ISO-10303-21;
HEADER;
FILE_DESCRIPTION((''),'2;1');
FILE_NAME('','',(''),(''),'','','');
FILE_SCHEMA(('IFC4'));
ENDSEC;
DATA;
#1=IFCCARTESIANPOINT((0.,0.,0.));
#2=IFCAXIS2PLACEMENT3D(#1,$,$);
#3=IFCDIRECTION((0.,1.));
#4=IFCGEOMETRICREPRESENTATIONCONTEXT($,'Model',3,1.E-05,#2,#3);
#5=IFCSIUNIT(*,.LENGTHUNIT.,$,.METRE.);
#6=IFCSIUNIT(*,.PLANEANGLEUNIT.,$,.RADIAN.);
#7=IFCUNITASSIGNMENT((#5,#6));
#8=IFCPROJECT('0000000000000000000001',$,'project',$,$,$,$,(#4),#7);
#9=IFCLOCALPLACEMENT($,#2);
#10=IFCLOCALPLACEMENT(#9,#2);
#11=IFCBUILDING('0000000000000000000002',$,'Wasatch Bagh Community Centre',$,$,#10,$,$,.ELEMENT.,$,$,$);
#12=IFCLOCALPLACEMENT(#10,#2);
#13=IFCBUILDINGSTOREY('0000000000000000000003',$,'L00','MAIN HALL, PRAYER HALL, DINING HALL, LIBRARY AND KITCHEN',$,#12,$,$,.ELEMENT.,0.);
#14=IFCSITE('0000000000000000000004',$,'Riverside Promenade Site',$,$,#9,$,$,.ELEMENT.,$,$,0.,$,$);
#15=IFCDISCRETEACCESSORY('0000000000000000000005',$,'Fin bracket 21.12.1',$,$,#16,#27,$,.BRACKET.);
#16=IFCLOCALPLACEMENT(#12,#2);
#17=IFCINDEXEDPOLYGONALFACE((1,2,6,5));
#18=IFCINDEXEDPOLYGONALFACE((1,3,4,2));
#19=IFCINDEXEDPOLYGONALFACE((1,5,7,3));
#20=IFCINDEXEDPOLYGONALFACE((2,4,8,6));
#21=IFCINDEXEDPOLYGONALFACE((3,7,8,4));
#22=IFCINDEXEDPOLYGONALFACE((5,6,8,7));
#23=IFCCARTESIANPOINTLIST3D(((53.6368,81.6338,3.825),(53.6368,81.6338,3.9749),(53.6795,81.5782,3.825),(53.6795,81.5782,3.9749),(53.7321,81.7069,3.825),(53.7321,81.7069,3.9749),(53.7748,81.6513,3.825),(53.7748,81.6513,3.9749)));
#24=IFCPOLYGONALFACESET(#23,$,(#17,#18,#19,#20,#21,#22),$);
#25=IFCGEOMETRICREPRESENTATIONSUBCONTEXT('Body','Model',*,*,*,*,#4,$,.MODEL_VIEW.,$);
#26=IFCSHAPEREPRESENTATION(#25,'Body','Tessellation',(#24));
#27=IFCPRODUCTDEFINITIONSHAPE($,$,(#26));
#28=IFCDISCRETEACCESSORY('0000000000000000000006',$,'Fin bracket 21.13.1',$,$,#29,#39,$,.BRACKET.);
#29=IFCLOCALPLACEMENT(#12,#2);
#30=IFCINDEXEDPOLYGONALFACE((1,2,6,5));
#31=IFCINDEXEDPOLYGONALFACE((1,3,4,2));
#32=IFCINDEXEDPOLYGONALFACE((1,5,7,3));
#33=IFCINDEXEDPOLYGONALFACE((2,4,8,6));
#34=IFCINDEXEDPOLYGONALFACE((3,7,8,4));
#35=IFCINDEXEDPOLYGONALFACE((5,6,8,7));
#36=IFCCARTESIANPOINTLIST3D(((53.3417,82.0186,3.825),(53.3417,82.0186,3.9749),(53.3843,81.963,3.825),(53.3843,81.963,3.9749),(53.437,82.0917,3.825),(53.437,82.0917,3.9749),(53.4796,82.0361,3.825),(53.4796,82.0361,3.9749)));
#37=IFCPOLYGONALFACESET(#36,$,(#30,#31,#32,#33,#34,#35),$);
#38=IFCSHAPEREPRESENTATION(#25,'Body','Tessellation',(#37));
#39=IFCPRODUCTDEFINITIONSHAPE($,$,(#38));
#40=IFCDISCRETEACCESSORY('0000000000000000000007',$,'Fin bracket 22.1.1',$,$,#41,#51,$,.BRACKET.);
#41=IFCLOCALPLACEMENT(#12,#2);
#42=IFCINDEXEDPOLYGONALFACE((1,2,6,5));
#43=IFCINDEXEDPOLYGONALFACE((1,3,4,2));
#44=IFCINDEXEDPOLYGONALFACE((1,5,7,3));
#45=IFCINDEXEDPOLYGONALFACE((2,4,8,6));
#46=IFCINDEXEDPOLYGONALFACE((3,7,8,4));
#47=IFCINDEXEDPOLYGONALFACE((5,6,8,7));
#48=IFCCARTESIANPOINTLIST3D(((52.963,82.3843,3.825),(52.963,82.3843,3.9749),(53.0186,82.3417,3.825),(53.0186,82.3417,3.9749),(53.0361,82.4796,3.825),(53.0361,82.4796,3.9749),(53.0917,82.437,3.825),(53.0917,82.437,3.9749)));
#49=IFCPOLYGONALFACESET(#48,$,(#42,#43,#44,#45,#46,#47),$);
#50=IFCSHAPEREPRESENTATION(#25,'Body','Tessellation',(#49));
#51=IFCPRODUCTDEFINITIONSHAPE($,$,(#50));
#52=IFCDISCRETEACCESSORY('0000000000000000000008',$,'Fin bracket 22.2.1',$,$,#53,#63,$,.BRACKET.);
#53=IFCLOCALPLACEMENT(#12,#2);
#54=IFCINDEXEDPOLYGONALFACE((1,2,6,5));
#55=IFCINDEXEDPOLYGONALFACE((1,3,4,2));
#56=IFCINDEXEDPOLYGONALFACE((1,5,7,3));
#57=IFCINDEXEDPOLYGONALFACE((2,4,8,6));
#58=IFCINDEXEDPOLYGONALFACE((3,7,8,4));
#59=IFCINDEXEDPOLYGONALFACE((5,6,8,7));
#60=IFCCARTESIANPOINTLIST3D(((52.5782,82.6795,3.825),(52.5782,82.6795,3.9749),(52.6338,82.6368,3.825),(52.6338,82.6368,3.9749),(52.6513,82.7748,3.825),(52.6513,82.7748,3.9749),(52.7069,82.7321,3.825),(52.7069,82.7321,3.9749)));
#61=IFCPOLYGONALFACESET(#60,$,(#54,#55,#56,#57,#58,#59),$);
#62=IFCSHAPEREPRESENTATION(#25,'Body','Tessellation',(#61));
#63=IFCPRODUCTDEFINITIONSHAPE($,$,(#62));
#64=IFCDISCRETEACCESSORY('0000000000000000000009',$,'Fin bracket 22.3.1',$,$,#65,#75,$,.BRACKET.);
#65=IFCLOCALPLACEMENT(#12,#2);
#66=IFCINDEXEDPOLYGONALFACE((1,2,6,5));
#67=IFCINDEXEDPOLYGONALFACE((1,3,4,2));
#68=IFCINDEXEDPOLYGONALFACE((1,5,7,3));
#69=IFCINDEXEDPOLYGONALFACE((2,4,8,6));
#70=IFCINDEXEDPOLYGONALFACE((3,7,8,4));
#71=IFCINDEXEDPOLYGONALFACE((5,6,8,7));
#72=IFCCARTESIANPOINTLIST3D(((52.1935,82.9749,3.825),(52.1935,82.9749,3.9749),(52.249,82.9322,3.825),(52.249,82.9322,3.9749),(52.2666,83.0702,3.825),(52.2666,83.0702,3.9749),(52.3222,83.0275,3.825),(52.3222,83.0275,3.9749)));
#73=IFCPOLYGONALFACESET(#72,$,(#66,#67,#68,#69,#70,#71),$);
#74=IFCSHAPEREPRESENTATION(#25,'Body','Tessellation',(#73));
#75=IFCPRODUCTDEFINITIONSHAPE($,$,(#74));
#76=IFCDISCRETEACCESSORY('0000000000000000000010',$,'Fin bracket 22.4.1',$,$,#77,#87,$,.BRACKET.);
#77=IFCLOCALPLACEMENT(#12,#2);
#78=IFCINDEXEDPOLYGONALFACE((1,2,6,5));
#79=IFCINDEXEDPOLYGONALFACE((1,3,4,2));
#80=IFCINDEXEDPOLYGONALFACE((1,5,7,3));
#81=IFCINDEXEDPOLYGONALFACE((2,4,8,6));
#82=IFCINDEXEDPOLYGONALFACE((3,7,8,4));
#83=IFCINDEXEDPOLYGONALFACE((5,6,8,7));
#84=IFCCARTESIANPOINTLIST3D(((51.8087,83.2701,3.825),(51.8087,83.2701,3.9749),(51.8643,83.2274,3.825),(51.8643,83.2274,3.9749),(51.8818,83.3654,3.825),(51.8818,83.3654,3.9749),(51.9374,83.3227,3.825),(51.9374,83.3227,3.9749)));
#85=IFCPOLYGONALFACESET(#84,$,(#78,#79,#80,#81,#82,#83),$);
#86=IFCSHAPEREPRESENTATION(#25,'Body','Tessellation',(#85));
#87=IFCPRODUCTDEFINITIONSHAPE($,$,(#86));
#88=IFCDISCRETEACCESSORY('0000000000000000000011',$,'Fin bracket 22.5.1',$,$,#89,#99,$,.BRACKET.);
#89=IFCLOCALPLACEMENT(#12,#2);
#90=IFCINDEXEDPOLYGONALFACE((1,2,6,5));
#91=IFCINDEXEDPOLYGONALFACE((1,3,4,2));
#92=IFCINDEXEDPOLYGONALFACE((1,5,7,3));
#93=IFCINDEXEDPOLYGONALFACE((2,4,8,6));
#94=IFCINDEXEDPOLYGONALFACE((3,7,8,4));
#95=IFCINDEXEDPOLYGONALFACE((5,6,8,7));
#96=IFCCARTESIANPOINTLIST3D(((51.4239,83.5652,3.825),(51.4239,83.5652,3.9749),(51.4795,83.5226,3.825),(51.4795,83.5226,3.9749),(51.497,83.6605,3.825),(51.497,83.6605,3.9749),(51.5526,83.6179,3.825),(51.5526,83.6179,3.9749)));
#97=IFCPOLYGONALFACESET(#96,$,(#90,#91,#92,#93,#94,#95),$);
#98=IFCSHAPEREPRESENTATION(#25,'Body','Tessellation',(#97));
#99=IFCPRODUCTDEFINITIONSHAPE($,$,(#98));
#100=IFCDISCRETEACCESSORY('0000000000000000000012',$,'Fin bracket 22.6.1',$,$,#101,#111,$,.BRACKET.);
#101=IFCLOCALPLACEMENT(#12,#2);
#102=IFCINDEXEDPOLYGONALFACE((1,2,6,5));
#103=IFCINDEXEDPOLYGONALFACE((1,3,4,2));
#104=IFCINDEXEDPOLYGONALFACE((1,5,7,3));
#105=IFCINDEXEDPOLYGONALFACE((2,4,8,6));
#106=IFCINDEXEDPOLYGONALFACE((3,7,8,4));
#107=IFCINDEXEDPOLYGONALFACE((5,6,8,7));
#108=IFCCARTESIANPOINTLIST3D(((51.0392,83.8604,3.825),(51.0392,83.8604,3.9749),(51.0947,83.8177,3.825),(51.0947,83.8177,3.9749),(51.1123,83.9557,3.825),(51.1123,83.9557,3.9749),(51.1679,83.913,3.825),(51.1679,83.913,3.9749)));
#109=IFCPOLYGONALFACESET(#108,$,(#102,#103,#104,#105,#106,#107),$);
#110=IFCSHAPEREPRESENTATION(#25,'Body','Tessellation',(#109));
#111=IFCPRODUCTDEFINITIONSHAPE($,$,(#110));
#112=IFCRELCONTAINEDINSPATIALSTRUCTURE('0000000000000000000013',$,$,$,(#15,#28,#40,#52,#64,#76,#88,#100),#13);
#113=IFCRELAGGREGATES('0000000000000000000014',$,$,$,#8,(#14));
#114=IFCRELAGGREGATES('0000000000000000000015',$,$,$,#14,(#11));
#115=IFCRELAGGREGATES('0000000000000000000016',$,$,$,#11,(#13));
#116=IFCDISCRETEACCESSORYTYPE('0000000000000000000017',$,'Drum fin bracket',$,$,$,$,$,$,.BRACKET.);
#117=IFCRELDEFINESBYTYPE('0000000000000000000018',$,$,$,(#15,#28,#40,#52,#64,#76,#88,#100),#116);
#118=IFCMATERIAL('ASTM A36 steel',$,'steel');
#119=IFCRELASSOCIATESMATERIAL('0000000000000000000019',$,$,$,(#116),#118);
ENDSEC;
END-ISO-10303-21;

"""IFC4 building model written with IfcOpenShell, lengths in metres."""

from ifc_helpers import new_model, si_unit, direction, frame, origin, origin_2d, place, context, subcontext, project, spatial, rectangle, extrude, material, type_object, element, save


model = new_model("IFC4")

# Units and contexts
model_context = context("Model", 3, precision=1e-05, world=origin(), true_north=direction((0.0, 1.0)))
body_context = subcontext(model_context, "Body", "Model", "MODEL_VIEW")
ifc_project = project(units=[si_unit("LENGTHUNIT", "METRE"), si_unit("PLANEANGLEUNIT", "RADIAN")], contexts=[model_context])

# Site, building, storey
site_placement = place(None, origin())
site = spatial("IfcSite", under=ifc_project, at=site_placement, Name="Riverside Promenade Site", CompositionType="ELEMENT", RefElevation=0.0)
building_placement = place(site_placement, origin())
building = spatial("IfcBuilding", under=site, at=building_placement, Name="Wasatch Bagh Community Centre", CompositionType="ELEMENT")
storey_placement = place(building_placement, origin())
storey = spatial("IfcBuildingStorey", under=building, at=storey_placement, Name="L00", Description="MAIN HALL, PRAYER HALL, DINING HALL, LIBRARY AND KITCHEN", CompositionType="ELEMENT", Elevation=0.0)

# Discrete accessories
ifc_material_1 = material(Name="ASTM A36 steel", Category="steel")
discrete_accessory_type = type_object("IfcDiscreteAccessoryType", Name="Drum fin bracket", PredefinedType="BRACKET", material=ifc_material_1)
for number, where, z_axis, x_axis, name in (
    (1, (53.7058, 81.6426, 3.825), (0.0, 0.0, 1.0), (-0.608761, 0.793353, 0.0), "Fin bracket 21.12.1"),
    (2, (53.4106, 82.0273, 3.825), (0.0, 0.0, 1.0), (-0.608761, 0.793353, 0.0), "Fin bracket 21.13.1"),
    (3, (53.0273, 82.4106, 3.825), (0.0, 0.0, 1.0), (-0.793353, 0.608761, 0.0), "Fin bracket 22.1.1"),
    (4, (52.6426, 82.7058, 3.825), (0.0, 0.0, 1.0), (-0.793353, 0.608761, 0.0), "Fin bracket 22.2.1"),
    (5, (52.2578, 83.0012, 3.825), (0.0, 0.0, 1.0), (-0.793353, 0.608761, 0.0), "Fin bracket 22.3.1"),
    (6, (51.873, 83.2964, 3.825), (0.0, 0.0, 1.0), (-0.793353, 0.608761, 0.0), "Fin bracket 22.4.1"),
    (7, (51.4883, 83.5916, 3.825), (0.0, 0.0, 1.0), (-0.793353, 0.608761, 0.0), "Fin bracket 22.5.1"),
    (8, (51.1035, 83.8867, 3.825), (0.0, 0.0, 1.0), (-0.793353, 0.608761, 0.0), "Fin bracket 22.6.1"),
):
    element("IfcDiscreteAccessory", number, at=place(storey_placement, frame(where, z_axis=z_axis, x_axis=x_axis)), inside=storey, type_object=discrete_accessory_type, Name=name, PredefinedType="BRACKET", context=body_context, shape_type="SweptSolid", body=[
        extrude(rectangle(XDim=0.0701, YDim=0.1201, at=origin_2d()), origin(), (0.0, 0.0, 1.0), 0.1499),
    ])

save(model, "model.ifc")
